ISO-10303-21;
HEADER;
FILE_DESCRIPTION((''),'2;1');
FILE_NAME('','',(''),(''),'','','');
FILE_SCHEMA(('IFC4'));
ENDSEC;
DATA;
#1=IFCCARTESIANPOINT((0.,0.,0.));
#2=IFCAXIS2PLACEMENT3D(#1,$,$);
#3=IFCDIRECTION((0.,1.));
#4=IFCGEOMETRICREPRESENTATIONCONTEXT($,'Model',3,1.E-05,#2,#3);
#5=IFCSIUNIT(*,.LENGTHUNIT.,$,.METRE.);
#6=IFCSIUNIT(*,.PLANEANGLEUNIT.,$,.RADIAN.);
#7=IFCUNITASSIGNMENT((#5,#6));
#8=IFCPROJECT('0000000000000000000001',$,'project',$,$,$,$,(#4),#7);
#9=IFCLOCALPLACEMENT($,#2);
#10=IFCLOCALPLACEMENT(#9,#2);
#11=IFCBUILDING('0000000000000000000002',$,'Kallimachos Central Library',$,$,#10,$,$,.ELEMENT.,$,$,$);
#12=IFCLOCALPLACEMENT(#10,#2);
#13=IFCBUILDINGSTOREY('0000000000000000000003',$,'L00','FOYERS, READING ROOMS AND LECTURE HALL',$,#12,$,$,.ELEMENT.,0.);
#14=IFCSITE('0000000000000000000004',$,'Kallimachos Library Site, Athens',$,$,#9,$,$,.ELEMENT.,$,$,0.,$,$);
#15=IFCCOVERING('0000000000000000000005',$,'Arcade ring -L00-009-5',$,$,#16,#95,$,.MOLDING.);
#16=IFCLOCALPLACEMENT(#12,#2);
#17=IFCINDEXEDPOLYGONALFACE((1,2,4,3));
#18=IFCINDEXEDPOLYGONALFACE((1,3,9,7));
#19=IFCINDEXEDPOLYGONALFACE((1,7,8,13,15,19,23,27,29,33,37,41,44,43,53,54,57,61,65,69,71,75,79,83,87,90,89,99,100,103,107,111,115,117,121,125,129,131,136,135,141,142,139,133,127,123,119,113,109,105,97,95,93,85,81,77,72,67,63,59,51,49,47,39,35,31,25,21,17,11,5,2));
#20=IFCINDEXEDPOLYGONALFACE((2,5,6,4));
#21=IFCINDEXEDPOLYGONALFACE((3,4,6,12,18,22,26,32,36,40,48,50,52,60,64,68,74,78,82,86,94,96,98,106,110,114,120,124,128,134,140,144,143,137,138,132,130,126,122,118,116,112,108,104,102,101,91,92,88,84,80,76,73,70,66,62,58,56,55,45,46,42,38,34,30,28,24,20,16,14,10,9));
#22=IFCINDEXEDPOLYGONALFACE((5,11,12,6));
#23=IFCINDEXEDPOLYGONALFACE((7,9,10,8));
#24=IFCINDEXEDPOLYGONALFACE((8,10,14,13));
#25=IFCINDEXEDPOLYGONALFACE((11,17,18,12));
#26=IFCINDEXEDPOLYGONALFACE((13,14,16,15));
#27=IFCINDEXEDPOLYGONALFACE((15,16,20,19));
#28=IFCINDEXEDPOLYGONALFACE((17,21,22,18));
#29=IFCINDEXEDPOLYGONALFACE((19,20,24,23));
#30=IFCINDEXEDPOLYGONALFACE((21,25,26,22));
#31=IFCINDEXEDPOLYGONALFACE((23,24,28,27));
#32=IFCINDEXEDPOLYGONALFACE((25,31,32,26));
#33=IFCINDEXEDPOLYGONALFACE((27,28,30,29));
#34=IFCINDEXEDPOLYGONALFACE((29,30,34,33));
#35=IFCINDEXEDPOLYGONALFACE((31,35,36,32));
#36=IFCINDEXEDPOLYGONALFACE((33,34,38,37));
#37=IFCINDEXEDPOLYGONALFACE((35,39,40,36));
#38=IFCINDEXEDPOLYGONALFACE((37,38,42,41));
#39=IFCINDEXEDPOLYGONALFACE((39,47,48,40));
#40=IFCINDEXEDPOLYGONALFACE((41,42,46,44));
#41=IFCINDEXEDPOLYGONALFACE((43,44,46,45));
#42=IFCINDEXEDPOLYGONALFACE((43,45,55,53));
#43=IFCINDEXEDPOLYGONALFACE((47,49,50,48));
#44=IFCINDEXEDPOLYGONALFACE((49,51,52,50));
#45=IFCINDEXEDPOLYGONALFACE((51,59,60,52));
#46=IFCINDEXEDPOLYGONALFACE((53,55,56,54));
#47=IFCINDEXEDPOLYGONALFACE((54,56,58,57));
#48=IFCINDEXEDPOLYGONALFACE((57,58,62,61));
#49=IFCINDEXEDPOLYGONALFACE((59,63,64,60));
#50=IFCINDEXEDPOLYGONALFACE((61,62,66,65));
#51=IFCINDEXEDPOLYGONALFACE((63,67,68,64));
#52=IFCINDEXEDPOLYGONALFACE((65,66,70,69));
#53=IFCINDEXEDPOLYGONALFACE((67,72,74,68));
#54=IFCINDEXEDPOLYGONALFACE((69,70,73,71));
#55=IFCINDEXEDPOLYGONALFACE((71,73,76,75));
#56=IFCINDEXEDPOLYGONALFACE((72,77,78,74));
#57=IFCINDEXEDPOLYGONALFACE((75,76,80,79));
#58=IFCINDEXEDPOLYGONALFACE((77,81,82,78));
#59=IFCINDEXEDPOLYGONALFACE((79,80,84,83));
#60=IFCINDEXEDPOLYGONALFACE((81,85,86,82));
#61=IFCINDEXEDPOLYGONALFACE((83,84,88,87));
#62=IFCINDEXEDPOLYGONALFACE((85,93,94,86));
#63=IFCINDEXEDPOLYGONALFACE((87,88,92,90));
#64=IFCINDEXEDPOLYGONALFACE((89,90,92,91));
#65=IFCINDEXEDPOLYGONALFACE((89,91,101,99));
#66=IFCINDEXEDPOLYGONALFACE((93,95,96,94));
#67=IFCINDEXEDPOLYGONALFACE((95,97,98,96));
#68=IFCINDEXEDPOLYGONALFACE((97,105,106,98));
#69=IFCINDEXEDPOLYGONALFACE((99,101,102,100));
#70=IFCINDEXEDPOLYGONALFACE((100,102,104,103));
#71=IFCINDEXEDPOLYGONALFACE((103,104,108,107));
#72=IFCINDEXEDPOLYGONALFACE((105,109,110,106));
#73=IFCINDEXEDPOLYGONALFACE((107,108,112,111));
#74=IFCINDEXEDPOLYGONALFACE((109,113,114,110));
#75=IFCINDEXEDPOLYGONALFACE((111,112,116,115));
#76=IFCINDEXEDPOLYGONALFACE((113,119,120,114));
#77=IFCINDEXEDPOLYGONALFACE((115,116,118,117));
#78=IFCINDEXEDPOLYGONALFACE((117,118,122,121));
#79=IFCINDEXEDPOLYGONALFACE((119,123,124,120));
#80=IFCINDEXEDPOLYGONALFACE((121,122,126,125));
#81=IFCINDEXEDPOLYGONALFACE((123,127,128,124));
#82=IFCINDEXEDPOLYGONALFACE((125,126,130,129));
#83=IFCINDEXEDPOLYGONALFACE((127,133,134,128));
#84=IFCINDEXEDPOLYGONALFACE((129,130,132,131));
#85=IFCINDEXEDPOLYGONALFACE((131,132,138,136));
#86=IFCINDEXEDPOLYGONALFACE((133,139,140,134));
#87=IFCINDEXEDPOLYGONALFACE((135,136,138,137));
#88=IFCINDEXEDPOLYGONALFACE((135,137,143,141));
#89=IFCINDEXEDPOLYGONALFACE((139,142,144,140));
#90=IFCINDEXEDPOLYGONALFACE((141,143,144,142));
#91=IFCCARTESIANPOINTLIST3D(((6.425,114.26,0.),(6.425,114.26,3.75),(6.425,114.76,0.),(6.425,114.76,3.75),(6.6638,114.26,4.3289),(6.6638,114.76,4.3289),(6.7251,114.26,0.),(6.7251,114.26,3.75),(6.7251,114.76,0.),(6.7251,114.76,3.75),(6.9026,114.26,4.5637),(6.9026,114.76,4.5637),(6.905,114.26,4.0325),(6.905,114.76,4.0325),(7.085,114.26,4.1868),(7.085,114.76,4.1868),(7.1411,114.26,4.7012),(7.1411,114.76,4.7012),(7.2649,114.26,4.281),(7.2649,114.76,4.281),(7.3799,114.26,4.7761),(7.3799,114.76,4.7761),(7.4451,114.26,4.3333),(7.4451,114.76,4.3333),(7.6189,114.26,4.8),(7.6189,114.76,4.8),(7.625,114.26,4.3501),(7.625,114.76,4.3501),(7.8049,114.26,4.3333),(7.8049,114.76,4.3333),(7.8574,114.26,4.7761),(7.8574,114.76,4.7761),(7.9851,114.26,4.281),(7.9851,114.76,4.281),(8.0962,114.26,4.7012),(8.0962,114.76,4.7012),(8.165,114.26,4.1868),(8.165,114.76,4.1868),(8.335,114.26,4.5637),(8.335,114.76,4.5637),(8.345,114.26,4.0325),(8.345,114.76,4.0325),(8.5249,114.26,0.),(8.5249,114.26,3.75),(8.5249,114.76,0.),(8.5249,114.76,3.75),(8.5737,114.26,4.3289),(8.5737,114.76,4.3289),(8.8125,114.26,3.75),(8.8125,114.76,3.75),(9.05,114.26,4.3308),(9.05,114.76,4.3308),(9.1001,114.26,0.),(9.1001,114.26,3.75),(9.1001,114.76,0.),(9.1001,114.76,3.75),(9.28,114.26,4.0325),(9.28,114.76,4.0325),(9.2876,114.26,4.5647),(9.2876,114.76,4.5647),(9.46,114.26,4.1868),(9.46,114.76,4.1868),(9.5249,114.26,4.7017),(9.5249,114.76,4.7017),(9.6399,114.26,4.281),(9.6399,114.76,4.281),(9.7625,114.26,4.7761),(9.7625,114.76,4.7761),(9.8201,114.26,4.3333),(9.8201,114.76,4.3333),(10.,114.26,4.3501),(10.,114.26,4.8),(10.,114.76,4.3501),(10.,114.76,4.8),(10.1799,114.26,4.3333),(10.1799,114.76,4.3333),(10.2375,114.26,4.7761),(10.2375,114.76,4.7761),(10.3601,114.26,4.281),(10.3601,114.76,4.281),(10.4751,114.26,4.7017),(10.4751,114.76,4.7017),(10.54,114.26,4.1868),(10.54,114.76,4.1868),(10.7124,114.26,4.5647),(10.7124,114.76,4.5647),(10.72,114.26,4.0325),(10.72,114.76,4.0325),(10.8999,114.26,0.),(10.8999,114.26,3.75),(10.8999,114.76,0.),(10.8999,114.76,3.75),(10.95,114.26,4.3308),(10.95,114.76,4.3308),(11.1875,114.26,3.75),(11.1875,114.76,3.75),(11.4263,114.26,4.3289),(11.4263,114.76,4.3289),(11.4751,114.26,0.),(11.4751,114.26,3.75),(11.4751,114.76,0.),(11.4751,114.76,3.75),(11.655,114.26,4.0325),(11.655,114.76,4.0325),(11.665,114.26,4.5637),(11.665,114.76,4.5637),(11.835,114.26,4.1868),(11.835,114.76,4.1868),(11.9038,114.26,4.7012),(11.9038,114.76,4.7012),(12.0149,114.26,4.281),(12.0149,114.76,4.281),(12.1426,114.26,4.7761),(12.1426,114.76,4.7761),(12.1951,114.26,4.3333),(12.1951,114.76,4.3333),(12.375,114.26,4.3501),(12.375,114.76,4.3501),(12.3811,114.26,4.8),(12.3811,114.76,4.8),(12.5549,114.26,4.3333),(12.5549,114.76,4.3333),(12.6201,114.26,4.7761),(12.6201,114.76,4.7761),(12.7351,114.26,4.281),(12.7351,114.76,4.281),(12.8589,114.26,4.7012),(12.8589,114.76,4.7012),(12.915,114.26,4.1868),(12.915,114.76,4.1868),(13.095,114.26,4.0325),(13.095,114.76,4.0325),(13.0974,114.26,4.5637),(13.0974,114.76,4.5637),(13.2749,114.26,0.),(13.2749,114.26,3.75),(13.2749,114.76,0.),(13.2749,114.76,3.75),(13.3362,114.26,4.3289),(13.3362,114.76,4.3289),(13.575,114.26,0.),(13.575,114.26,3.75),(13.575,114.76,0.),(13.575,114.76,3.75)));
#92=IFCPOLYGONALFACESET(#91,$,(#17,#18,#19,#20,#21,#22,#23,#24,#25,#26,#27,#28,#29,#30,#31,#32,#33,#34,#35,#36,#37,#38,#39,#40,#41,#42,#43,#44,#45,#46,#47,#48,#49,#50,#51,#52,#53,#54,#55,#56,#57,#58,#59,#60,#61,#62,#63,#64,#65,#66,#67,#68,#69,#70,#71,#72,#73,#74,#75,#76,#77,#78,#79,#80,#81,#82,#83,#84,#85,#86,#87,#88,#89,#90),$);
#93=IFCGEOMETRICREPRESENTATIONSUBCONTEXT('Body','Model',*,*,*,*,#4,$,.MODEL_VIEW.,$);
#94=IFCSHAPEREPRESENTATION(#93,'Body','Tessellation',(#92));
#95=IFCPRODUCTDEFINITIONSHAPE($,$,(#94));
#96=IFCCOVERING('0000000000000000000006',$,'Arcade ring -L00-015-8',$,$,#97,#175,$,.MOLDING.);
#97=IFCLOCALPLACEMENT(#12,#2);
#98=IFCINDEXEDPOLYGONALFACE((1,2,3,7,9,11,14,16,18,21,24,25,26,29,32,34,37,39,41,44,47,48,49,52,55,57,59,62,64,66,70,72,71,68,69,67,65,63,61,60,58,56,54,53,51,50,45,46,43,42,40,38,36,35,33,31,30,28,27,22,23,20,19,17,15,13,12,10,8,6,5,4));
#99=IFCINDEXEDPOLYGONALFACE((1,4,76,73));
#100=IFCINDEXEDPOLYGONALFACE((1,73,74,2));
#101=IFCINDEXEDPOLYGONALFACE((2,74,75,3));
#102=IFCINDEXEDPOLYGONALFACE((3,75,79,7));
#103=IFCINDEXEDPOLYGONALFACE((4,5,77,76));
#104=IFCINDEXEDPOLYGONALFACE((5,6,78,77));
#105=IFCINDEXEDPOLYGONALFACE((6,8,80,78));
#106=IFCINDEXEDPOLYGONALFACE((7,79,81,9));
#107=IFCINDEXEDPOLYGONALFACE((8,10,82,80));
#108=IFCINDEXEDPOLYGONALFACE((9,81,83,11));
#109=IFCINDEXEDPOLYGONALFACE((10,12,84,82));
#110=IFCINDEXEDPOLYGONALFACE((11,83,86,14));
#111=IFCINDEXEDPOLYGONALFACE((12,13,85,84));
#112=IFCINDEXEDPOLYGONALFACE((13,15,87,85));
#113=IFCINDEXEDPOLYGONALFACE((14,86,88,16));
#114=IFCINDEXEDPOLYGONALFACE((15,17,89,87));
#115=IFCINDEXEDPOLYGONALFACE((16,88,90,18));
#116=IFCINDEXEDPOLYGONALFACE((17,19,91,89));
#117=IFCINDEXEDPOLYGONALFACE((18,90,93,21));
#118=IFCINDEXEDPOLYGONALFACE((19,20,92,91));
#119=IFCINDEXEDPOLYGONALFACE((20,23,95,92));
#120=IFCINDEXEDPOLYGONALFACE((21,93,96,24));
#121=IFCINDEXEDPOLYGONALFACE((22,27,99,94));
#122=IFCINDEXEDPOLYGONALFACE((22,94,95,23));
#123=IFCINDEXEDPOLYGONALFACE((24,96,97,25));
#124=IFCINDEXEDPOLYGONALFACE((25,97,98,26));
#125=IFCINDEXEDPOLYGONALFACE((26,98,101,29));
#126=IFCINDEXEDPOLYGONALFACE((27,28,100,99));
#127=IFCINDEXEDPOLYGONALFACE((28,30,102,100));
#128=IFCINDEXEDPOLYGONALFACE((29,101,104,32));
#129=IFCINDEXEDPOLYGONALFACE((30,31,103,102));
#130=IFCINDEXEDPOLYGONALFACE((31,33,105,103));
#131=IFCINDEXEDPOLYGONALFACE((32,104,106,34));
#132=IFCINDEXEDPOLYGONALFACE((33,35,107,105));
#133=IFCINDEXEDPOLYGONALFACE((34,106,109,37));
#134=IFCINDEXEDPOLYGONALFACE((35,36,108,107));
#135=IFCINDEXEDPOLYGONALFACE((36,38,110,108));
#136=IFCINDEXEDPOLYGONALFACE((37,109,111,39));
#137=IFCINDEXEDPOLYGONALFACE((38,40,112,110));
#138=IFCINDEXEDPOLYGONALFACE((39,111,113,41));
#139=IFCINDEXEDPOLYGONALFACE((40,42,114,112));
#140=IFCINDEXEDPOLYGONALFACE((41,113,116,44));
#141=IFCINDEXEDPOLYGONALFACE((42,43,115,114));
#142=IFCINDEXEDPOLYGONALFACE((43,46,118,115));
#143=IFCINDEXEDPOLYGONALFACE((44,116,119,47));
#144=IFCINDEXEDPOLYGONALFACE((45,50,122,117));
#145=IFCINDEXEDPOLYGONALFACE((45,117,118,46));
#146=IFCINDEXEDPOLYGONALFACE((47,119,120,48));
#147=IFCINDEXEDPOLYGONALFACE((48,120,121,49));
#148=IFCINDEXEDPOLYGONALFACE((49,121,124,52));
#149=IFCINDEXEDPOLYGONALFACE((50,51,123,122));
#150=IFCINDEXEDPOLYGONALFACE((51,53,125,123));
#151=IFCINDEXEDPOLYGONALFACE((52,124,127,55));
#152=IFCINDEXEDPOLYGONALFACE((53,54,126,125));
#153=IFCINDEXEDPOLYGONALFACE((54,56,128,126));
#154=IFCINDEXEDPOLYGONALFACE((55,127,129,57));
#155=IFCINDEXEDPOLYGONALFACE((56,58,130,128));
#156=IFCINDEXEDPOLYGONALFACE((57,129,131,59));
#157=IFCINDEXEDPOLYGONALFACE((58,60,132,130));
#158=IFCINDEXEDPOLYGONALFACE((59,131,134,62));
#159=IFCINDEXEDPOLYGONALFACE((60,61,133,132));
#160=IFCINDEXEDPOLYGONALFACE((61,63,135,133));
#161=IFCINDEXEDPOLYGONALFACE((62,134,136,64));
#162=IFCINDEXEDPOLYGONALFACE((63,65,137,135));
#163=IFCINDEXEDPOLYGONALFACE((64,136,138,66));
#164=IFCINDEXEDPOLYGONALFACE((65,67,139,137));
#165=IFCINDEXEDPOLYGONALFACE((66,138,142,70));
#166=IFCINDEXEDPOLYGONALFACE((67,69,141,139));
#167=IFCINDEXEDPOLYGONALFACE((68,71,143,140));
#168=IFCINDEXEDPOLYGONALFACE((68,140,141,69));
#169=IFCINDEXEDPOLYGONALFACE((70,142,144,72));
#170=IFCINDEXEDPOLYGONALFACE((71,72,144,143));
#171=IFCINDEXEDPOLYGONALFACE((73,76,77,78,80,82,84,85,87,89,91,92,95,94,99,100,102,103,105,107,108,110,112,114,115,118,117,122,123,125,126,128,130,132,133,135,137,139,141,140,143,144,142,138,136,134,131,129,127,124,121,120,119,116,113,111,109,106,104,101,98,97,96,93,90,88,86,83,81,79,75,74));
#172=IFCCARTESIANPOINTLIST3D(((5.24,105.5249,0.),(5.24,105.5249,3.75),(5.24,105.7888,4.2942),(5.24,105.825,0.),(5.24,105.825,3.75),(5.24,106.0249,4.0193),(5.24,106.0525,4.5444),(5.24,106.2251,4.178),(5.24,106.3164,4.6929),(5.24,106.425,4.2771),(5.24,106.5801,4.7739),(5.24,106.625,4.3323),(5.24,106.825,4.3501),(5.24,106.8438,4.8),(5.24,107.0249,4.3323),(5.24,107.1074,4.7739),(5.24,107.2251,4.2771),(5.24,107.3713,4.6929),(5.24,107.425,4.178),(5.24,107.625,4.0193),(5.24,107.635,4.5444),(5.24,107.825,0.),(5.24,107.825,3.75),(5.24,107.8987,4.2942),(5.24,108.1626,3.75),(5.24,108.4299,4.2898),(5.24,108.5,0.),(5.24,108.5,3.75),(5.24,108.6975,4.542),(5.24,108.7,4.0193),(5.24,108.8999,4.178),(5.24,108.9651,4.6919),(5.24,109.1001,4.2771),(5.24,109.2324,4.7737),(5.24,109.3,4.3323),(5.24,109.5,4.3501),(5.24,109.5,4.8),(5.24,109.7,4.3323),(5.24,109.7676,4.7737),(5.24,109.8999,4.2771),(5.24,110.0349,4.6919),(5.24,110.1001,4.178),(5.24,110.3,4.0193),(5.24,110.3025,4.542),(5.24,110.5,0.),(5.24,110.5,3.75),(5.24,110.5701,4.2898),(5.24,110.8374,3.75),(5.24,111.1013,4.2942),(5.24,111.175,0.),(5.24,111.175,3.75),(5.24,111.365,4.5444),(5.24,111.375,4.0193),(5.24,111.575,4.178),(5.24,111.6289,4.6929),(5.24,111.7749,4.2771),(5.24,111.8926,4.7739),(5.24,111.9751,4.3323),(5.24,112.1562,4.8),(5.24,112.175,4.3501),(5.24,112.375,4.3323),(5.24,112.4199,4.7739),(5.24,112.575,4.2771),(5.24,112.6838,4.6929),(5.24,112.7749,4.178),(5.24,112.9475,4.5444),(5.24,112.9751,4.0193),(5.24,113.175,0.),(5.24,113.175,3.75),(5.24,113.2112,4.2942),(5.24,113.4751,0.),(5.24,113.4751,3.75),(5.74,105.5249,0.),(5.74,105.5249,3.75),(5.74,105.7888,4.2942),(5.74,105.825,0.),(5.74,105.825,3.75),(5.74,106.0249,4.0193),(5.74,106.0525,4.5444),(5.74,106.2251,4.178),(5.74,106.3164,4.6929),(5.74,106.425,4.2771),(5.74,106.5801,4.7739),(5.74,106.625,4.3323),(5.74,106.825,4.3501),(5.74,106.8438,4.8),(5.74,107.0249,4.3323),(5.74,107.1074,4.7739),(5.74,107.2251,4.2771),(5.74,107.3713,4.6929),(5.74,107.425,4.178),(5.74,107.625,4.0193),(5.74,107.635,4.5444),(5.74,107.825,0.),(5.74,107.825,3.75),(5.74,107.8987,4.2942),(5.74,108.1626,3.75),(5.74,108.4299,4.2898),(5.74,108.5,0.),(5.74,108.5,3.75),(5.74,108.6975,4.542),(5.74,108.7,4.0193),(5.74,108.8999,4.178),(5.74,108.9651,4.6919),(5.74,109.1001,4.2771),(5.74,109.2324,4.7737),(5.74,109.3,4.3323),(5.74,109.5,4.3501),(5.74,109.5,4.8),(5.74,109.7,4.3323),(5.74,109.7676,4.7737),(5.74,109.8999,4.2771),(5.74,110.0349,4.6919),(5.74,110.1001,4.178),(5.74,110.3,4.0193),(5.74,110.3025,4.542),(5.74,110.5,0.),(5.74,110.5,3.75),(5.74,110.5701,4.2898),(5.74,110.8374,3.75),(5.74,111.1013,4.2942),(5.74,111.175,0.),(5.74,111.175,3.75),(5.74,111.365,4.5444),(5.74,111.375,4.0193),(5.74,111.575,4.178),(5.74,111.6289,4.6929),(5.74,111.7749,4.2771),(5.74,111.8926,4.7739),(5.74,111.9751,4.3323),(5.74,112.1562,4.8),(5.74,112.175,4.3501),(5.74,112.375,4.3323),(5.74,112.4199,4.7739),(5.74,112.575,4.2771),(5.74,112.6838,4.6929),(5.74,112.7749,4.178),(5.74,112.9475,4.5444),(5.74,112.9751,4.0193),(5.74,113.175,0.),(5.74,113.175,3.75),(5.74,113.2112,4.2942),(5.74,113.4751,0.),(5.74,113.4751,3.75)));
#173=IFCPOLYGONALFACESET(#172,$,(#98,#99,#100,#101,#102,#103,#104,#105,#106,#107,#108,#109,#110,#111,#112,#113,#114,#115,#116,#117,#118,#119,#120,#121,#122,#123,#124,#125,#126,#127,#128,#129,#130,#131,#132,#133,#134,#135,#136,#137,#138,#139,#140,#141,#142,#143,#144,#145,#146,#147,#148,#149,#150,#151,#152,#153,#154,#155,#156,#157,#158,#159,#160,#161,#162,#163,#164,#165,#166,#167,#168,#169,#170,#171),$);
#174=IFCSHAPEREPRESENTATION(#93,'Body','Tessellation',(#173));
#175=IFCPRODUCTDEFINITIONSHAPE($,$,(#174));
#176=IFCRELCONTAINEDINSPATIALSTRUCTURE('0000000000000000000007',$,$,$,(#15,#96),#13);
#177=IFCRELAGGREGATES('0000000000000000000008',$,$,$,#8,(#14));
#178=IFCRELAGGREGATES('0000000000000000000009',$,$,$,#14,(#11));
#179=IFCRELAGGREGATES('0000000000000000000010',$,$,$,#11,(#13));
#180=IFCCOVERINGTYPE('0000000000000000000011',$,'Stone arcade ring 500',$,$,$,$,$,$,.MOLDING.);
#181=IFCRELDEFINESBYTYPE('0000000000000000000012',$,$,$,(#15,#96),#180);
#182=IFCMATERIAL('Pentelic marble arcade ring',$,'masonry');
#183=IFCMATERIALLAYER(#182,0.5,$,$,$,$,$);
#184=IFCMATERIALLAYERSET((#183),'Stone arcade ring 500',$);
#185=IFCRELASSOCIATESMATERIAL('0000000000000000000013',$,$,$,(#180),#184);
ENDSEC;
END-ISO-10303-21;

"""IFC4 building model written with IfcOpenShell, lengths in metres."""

from ifc_helpers import new_model, si_unit, direction, frame, origin, place, context, subcontext, project, spatial, polyline, outline, extrude, material, layer, layer_set, type_object, element, save


model = new_model("IFC4")

# Units and contexts
model_context = context("Model", 3, precision=1e-05, world=origin(), true_north=direction((0.0, 1.0)))
body_context = subcontext(model_context, "Body", "Model", "MODEL_VIEW")
ifc_project = project(units=[si_unit("LENGTHUNIT", "METRE"), si_unit("PLANEANGLEUNIT", "RADIAN")], contexts=[model_context])

# Site, building, storey
site_placement = place(None, origin())
site = spatial("IfcSite", under=ifc_project, at=site_placement, Name="Kallimachos Library Site, Athens", CompositionType="ELEMENT", RefElevation=0.0)
building_placement = place(site_placement, origin())
building = spatial("IfcBuilding", under=site, at=building_placement, Name="Kallimachos Central Library", CompositionType="ELEMENT")
storey_placement = place(building_placement, origin())
storey = spatial("IfcBuildingStorey", under=building, at=storey_placement, Name="L00", Description="FOYERS, READING ROOMS AND LECTURE HALL", CompositionType="ELEMENT", Elevation=0.0)

# Coverings
ifc_material_1 = material(Name="Pentelic marble arcade ring", Category="masonry")
ifc_layer_1 = layer(ifc_material_1, 0.5)
ifc_layer_set_1 = layer_set([ifc_layer_1], Name="Stone arcade ring 500")
covering_type_1 = type_object("IfcCoveringType", Name="Stone arcade ring 500", PredefinedType="MOLDING", material=ifc_layer_set_1)
covering_1_placement = place(storey_placement, frame((6.425, 114.76, 0.0), z_axis=(0.0, 1.0, 0.0), x_axis=(0.0, 0.0, 1.0)))
element("IfcCovering", 1, at=covering_1_placement, inside=storey, type_object=covering_type_1, Name="Arcade ring -L00-009-5", PredefinedType="MOLDING", context=body_context, shape_type="SweptSolid", body=[
    extrude(outline(polyline([(0.0, 0.0), (3.75, 0.0), (4.3289, 0.2388), (4.5637, 0.4775), (4.7012, 0.7161), (4.7761, 0.9548), (4.8, 1.1938), (4.7761, 1.4324), (4.7012, 1.6711), (4.5637, 1.9099), (4.3289, 2.1487), (3.75, 2.3875), (4.3308, 2.625), (4.5647, 2.8625), (4.7017, 3.0999), (4.7761, 3.3374), (4.8, 3.575), (4.7761, 3.8125), (4.7017, 4.05), (4.5647, 4.2874), (4.3308, 4.5249), (3.75, 4.7625), (4.3289, 5.0012), (4.5637, 5.24), (4.7012, 5.4788), (4.7761, 5.7175), (4.8, 5.9561), (4.7761, 6.1951), (4.7012, 6.4338), (4.5637, 6.6724), (4.3289, 6.9111), (3.75, 7.1499), (0.0, 7.1499), (0.0, 6.8499), (3.75, 6.8499), (4.0325, 6.6699), (4.1868, 6.49), (4.281, 6.3101), (4.3333, 6.1299), (4.3501, 5.95), (4.3333, 5.77), (4.281, 5.5898), (4.1868, 5.4099), (4.0325, 5.23), (3.75, 5.05), (0.0, 5.05), (0.0, 4.4749), (3.75, 4.4749), (4.0325, 4.2949), (4.1868, 4.115), (4.281, 3.9351), (4.3333, 3.7549), (4.3501, 3.575), (4.3333, 3.395), (4.281, 3.2148), (4.1868, 3.0349), (4.0325, 2.855), (3.75, 2.675), (0.0, 2.675), (0.0, 2.0999), (3.75, 2.0999), (4.0325, 1.9199), (4.1868, 1.74), (4.281, 1.5601), (4.3333, 1.3799), (4.3501, 1.2), (4.3333, 1.02), (4.281, 0.8398), (4.1868, 0.6599), (4.0325, 0.48), (3.75, 0.3), (0.0, 0.3), (0.0, 0.0)])), origin(), (0.0, 0.0, -1.0), 0.5),
])
covering_2_placement = place(storey_placement, frame((5.24, 105.5249, 0.0), z_axis=(-1.0, 0.0, 0.0), x_axis=(0.0, 0.0, 1.0)))
element("IfcCovering", 2, at=covering_2_placement, inside=storey, type_object=covering_type_1, Name="Arcade ring -L00-015-8", PredefinedType="MOLDING", context=body_context, shape_type="SweptSolid", body=[
    extrude(outline(polyline([(0.0, 0.0), (3.75, 0.0), (4.2942, 0.2639), (4.5444, 0.5276), (4.6929, 0.7915), (4.7739, 1.0552), (4.8, 1.3188), (4.7739, 1.5825), (4.6929, 1.8464), (4.5444, 2.1101), (4.2942, 2.3738), (3.75, 2.6377), (4.2898, 2.905), (4.542, 3.1726), (4.6919, 3.4402), (4.7737, 3.7075), (4.8, 3.9751), (4.7737, 4.2427), (4.6919, 4.51), (4.542, 4.7776), (4.2898, 5.0452), (3.75, 5.3125), (4.2942, 5.5764), (4.5444, 5.8401), (4.6929, 6.104), (4.7739, 6.3677), (4.8, 6.6313), (4.7739, 6.895), (4.6929, 7.1589), (4.5444, 7.4226), (4.2942, 7.6863), (3.75, 7.9502), (0.0, 7.9502), (0.0, 7.6501), (3.75, 7.6501), (4.0193, 7.4502), (4.178, 7.25), (4.2771, 7.05), (4.3323, 6.8501), (4.3501, 6.6501), (4.3323, 6.4502), (4.2771, 6.25), (4.178, 6.05), (4.0193, 5.8501), (3.75, 5.6501), (0.0, 5.6501), (0.0, 4.9751), (3.75, 4.9751), (4.0193, 4.7751), (4.178, 4.5752), (4.2771, 4.375), (4.3323, 4.175), (4.3501, 3.9751), (4.3323, 3.7751), (4.2771, 3.5752), (4.178, 3.375), (4.0193, 3.175), (3.75, 2.9751), (0.0, 2.9751), (0.0, 2.3), (3.75, 2.3), (4.0193, 2.1001), (4.178, 1.9001), (4.2771, 1.7002), (4.3323, 1.5), (4.3501, 1.3), (4.3323, 1.1001), (4.2771, 0.9001), (4.178, 0.7002), (4.0193, 0.5), (3.75, 0.3), (0.0, 0.3), (0.0, 0.0)])), origin(), (0.0, 0.0, -1.0), 0.5),
])

save(model, "model.ifc")
